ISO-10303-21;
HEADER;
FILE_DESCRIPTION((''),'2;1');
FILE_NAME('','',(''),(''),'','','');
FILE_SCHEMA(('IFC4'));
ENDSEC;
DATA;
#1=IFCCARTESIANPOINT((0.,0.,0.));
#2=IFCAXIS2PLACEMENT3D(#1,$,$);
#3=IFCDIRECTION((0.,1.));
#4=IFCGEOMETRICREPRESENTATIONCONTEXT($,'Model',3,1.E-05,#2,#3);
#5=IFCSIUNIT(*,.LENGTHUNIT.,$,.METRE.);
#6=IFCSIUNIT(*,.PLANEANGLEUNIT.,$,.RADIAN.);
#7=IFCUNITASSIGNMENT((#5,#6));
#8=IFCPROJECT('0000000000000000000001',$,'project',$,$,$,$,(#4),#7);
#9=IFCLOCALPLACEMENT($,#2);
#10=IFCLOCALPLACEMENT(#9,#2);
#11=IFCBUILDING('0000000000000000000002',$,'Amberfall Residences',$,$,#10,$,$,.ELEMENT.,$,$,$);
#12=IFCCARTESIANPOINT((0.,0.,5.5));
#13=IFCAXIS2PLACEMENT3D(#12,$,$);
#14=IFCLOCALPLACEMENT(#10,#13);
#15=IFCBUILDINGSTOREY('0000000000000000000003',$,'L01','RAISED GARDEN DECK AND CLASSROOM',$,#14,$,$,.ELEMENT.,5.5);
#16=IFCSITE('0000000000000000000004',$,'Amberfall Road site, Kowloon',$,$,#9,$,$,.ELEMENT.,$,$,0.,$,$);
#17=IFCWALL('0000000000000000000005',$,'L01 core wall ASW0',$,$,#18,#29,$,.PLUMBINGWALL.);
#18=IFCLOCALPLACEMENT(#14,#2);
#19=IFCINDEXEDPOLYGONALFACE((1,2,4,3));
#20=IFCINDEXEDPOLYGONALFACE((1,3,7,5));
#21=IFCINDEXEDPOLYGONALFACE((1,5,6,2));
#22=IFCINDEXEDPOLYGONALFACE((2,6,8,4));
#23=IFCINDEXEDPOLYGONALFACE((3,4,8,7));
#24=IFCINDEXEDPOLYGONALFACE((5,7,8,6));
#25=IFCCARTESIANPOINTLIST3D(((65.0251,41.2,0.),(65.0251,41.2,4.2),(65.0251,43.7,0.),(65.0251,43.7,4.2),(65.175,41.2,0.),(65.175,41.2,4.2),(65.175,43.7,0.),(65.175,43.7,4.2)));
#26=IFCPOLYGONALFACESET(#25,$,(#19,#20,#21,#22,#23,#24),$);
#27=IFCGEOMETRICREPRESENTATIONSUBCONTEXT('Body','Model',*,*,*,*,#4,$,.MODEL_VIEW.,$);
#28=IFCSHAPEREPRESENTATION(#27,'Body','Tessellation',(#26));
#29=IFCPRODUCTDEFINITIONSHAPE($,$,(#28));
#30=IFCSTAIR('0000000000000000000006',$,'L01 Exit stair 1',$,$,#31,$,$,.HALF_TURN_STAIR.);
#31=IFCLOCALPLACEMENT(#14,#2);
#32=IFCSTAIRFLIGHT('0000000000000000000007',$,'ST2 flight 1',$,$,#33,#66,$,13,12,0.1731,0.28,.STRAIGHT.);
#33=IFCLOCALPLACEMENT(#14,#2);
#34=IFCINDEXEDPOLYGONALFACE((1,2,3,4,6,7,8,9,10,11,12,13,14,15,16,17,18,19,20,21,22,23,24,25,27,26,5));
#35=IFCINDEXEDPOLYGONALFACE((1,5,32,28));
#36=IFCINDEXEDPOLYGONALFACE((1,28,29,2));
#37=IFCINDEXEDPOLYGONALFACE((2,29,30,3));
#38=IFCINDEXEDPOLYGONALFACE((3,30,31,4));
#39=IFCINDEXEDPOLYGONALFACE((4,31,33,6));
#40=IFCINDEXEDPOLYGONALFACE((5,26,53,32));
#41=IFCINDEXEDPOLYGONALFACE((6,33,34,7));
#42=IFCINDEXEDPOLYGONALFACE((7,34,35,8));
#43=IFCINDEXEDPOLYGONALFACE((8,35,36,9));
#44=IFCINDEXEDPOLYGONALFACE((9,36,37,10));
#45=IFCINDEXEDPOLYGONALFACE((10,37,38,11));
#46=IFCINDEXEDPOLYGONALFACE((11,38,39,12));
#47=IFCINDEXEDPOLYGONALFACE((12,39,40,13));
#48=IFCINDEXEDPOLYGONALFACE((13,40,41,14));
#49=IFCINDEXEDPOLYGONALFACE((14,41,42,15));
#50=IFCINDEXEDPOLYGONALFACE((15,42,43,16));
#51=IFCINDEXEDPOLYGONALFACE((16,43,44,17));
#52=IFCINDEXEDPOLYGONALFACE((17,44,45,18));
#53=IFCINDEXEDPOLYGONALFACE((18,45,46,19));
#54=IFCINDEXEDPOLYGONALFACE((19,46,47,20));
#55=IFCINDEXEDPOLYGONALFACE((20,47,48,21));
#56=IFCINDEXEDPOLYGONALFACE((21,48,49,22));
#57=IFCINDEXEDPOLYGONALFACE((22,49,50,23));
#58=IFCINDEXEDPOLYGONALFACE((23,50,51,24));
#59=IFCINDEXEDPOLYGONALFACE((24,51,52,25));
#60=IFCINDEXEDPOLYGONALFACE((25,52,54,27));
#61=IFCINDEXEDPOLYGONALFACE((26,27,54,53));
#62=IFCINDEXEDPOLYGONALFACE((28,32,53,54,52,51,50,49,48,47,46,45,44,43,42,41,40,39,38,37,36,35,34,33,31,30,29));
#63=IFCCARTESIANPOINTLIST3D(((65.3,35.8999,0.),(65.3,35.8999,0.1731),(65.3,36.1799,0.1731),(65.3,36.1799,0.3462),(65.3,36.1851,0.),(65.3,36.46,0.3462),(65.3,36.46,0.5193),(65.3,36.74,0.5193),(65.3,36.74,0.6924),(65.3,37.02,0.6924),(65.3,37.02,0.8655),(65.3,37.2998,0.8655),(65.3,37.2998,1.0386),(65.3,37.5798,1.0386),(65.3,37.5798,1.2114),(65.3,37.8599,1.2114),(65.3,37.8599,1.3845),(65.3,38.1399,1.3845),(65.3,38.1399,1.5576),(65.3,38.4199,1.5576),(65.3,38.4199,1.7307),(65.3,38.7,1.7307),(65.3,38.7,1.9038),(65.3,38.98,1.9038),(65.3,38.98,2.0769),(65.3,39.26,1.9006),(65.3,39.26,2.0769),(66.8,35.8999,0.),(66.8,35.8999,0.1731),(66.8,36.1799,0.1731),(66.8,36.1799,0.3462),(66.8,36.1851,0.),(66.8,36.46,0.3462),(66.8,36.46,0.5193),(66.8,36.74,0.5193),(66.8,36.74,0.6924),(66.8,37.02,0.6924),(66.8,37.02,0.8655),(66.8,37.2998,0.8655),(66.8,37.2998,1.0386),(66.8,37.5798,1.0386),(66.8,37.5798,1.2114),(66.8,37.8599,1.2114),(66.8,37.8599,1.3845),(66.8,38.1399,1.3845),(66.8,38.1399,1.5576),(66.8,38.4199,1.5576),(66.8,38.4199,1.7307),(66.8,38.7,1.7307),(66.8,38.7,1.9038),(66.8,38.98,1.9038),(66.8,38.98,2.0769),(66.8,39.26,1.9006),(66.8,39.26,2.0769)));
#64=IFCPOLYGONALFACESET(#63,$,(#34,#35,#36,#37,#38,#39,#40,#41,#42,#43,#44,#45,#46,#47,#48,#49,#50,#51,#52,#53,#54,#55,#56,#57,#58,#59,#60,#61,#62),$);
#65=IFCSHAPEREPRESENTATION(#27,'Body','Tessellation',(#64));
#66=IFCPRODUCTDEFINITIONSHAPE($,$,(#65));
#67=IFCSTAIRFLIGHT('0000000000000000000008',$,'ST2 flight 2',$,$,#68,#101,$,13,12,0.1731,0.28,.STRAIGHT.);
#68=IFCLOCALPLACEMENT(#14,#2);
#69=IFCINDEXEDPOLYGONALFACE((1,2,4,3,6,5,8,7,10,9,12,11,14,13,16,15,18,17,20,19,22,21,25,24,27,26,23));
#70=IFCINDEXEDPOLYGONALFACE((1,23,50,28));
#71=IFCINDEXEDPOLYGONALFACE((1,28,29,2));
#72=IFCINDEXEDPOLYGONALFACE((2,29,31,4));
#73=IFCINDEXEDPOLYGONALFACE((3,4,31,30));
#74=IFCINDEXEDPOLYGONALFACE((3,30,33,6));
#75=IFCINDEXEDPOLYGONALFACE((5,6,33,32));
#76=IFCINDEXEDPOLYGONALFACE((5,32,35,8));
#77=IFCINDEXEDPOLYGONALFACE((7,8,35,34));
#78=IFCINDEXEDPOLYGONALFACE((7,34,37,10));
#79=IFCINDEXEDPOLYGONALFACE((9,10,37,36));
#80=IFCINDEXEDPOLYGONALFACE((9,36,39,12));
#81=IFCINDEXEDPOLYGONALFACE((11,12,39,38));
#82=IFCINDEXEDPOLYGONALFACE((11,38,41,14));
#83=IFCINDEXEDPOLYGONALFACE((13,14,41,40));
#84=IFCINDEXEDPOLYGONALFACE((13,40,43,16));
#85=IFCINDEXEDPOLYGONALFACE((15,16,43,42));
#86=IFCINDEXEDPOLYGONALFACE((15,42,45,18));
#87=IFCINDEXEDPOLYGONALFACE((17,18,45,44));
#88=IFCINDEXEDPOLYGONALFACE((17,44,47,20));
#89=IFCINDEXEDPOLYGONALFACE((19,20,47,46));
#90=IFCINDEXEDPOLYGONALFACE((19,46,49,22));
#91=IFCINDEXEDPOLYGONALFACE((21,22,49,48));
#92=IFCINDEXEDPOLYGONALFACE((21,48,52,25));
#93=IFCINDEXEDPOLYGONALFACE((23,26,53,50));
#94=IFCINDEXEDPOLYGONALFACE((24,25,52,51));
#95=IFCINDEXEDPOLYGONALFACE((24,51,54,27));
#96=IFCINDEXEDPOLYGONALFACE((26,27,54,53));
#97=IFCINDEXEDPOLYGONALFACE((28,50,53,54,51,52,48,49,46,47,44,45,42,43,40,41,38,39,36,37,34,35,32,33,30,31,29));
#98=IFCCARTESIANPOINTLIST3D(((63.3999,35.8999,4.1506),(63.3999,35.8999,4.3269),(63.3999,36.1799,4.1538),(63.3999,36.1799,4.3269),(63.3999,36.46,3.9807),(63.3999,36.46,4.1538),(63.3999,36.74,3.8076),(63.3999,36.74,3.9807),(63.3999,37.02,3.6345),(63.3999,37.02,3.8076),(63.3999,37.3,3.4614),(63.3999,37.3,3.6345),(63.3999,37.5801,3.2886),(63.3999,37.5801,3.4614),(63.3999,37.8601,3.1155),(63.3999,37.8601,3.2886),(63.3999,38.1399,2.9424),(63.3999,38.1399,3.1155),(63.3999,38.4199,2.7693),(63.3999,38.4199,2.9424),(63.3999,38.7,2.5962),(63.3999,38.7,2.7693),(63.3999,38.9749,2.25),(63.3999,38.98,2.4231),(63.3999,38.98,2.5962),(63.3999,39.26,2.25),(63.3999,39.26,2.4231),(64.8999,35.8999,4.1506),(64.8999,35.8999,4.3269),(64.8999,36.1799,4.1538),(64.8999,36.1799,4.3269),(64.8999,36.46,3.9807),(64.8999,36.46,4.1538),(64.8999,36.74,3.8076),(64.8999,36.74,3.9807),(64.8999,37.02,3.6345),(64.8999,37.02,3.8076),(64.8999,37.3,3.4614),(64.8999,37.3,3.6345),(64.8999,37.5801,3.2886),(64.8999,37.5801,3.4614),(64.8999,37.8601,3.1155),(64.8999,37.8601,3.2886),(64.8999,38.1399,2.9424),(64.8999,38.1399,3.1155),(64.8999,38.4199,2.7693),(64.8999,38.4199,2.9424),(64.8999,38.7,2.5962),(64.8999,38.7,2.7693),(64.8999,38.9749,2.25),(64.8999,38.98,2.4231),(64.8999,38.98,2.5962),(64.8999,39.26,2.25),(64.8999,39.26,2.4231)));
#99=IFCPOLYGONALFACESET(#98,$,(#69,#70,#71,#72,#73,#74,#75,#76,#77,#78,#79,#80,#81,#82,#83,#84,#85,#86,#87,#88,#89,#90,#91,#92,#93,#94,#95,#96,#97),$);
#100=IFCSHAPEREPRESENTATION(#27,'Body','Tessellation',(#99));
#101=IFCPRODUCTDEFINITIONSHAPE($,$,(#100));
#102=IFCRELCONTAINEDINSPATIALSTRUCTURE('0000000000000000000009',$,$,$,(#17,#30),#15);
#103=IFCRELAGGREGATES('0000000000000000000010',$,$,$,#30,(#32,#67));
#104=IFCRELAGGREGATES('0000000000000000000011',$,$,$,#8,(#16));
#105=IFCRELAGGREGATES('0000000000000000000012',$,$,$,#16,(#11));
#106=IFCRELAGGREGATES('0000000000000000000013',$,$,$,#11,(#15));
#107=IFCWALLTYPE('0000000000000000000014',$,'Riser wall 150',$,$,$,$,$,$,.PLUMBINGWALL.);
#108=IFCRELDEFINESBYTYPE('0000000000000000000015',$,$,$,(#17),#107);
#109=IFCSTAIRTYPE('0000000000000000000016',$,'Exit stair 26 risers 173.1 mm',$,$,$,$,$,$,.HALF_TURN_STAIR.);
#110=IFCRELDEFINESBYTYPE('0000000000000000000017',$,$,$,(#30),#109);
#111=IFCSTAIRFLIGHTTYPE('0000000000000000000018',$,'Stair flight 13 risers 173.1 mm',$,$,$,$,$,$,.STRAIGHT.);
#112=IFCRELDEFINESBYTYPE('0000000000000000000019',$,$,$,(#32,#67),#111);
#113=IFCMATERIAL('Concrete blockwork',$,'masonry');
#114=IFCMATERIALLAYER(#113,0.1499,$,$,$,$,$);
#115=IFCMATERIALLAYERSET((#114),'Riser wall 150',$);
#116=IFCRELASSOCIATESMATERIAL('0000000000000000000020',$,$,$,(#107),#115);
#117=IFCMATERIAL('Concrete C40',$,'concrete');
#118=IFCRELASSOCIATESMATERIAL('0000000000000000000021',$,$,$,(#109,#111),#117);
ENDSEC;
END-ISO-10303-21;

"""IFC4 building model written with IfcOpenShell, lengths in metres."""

from ifc_helpers import new_model, si_unit, direction, frame, frame_2d, origin, place, context, subcontext, project, spatial, polyline, rectangle, outline, extrude, material, layer, layer_set, type_object, element, aggregate, save


model = new_model("IFC4")

# Units and contexts
model_context = context("Model", 3, precision=1e-05, world=origin(), true_north=direction((0.0, 1.0)))
body_context = subcontext(model_context, "Body", "Model", "MODEL_VIEW")
ifc_project = project(units=[si_unit("LENGTHUNIT", "METRE"), si_unit("PLANEANGLEUNIT", "RADIAN")], contexts=[model_context])

# Site, building, storey
site_placement = place(None, origin())
site = spatial("IfcSite", under=ifc_project, at=site_placement, Name="Amberfall Road site, Kowloon", CompositionType="ELEMENT", RefElevation=0.0)
building_placement = place(site_placement, origin())
building = spatial("IfcBuilding", under=site, at=building_placement, Name="Amberfall Residences", CompositionType="ELEMENT")
storey_placement = place(building_placement, frame((0.0, 0.0, 5.5)))
storey = spatial("IfcBuildingStorey", under=building, at=storey_placement, Name="L01", Description="RAISED GARDEN DECK AND CLASSROOM", CompositionType="ELEMENT", Elevation=5.5)

# Wall
ifc_material_1 = material(Name="Concrete blockwork", Category="masonry")
ifc_layer_1 = layer(ifc_material_1, 0.1499)
ifc_layer_set_1 = layer_set([ifc_layer_1], Name="Riser wall 150")
wall_type_1 = type_object("IfcWallType", Name="Riser wall 150", PredefinedType="PLUMBINGWALL", material=ifc_layer_set_1)
wall_1_placement = place(storey_placement, frame((65.1001, 41.2, 0.0), z_axis=(0.0, 0.0, 1.0), x_axis=(0.0, 1.0, 0.0)))
element("IfcWall", 1, at=wall_1_placement, inside=storey, type_object=wall_type_1, Name="L01 core wall ASW0", PredefinedType="PLUMBINGWALL", context=body_context, shape_type="SweptSolid", body=[
    extrude(rectangle(XDim=2.5, YDim=0.1499, at=frame_2d((1.25, 0.0))), origin(), (0.0, 0.0, 1.0), 4.2),
])

# Stair, stair flights
ifc_material_2 = material(Name="Concrete C40", Category="concrete")
stair_type = type_object("IfcStairType", Name="Exit stair 26 risers 173.1 mm", PredefinedType="HALF_TURN_STAIR", material=ifc_material_2)
stair_placement = place(storey_placement, origin())
stair = element("IfcStair", 2, at=stair_placement, inside=storey, type_object=stair_type, Name="L01 Exit stair 1", PredefinedType="HALF_TURN_STAIR")
stair_flight_type = type_object("IfcStairFlightType", Name="Stair flight 13 risers 173.1 mm", PredefinedType="STRAIGHT", material=ifc_material_2)
stair_flight_1_placement = place(storey_placement, frame((66.05, 35.8999, 0.0), z_axis=(0.0, 0.0, 1.0), x_axis=(0.0, 1.0, 0.0)))
stair_flight_1 = element("IfcStairFlight", 3, at=stair_flight_1_placement, type_object=stair_flight_type, Name="ST2 flight 1", NumberOfRisers=13, NumberOfTreads=12, PredefinedType="STRAIGHT", RiserHeight=0.1731, TreadLength=0.28, context=body_context, shape_type="SweptSolid", body=[
    extrude(outline(polyline([(0.0, 0.0), (0.0, 0.1731), (0.28, 0.1731), (0.28, 0.3462), (0.5601, 0.3462), (0.5601, 0.5193), (0.8401, 0.5193), (0.8401, 0.6924), (1.1201, 0.6924), (1.1201, 0.8655), (1.3999, 0.8655), (1.3999, 1.0386), (1.6799, 1.0386), (1.6799, 1.2114), (1.96, 1.2114), (1.96, 1.3845), (2.24, 1.3845), (2.24, 1.5576), (2.52, 1.5576), (2.52, 1.7307), (2.8, 1.7307), (2.8, 1.9038), (3.0801, 1.9038), (3.0801, 2.0769), (3.3601, 2.0769), (3.3601, 2.25), (3.3601, 1.9006), (0.2852, 0.0), (0.0, 0.0)])), frame((0.0, 0.75, 0.0), z_axis=(0.0, -1.0, 0.0), x_axis=(1.0, 0.0, 0.0)), (0.0, 0.0, 1.0), 1.5),
])
stair_flight_2_placement = place(storey_placement, frame((64.1499, 39.26, 2.25), z_axis=(0.0, 0.0, 1.0), x_axis=(0.0, -1.0, 0.0)))
stair_flight_2 = element("IfcStairFlight", 4, at=stair_flight_2_placement, type_object=stair_flight_type, Name="ST2 flight 2", NumberOfRisers=13, NumberOfTreads=12, PredefinedType="STRAIGHT", RiserHeight=0.1731, TreadLength=0.28, context=body_context, shape_type="SweptSolid", body=[
    extrude(outline(polyline([(0.0, 0.0), (0.0, 0.1731), (0.28, 0.1731), (0.28, 0.3462), (0.5601, 0.3462), (0.5601, 0.5193), (0.8401, 0.5193), (0.8401, 0.6924), (1.1201, 0.6924), (1.1201, 0.8655), (1.3999, 0.8655), (1.3999, 1.0386), (1.6799, 1.0386), (1.6799, 1.2114), (1.96, 1.2114), (1.96, 1.3845), (2.24, 1.3845), (2.24, 1.5576), (2.52, 1.5576), (2.52, 1.7307), (2.8, 1.7307), (2.8, 1.9038), (3.0801, 1.9038), (3.0801, 2.0769), (3.3601, 2.0769), (3.3601, 2.25), (3.3601, 1.9006), (0.2852, 0.0), (0.0, 0.0)])), frame((0.0, 0.75, 0.0), z_axis=(0.0, -1.0, 0.0), x_axis=(1.0, 0.0, 0.0)), (0.0, 0.0, 1.0), 1.5),
])
aggregate(stair, [stair_flight_1, stair_flight_2])

save(model, "model.ifc")
